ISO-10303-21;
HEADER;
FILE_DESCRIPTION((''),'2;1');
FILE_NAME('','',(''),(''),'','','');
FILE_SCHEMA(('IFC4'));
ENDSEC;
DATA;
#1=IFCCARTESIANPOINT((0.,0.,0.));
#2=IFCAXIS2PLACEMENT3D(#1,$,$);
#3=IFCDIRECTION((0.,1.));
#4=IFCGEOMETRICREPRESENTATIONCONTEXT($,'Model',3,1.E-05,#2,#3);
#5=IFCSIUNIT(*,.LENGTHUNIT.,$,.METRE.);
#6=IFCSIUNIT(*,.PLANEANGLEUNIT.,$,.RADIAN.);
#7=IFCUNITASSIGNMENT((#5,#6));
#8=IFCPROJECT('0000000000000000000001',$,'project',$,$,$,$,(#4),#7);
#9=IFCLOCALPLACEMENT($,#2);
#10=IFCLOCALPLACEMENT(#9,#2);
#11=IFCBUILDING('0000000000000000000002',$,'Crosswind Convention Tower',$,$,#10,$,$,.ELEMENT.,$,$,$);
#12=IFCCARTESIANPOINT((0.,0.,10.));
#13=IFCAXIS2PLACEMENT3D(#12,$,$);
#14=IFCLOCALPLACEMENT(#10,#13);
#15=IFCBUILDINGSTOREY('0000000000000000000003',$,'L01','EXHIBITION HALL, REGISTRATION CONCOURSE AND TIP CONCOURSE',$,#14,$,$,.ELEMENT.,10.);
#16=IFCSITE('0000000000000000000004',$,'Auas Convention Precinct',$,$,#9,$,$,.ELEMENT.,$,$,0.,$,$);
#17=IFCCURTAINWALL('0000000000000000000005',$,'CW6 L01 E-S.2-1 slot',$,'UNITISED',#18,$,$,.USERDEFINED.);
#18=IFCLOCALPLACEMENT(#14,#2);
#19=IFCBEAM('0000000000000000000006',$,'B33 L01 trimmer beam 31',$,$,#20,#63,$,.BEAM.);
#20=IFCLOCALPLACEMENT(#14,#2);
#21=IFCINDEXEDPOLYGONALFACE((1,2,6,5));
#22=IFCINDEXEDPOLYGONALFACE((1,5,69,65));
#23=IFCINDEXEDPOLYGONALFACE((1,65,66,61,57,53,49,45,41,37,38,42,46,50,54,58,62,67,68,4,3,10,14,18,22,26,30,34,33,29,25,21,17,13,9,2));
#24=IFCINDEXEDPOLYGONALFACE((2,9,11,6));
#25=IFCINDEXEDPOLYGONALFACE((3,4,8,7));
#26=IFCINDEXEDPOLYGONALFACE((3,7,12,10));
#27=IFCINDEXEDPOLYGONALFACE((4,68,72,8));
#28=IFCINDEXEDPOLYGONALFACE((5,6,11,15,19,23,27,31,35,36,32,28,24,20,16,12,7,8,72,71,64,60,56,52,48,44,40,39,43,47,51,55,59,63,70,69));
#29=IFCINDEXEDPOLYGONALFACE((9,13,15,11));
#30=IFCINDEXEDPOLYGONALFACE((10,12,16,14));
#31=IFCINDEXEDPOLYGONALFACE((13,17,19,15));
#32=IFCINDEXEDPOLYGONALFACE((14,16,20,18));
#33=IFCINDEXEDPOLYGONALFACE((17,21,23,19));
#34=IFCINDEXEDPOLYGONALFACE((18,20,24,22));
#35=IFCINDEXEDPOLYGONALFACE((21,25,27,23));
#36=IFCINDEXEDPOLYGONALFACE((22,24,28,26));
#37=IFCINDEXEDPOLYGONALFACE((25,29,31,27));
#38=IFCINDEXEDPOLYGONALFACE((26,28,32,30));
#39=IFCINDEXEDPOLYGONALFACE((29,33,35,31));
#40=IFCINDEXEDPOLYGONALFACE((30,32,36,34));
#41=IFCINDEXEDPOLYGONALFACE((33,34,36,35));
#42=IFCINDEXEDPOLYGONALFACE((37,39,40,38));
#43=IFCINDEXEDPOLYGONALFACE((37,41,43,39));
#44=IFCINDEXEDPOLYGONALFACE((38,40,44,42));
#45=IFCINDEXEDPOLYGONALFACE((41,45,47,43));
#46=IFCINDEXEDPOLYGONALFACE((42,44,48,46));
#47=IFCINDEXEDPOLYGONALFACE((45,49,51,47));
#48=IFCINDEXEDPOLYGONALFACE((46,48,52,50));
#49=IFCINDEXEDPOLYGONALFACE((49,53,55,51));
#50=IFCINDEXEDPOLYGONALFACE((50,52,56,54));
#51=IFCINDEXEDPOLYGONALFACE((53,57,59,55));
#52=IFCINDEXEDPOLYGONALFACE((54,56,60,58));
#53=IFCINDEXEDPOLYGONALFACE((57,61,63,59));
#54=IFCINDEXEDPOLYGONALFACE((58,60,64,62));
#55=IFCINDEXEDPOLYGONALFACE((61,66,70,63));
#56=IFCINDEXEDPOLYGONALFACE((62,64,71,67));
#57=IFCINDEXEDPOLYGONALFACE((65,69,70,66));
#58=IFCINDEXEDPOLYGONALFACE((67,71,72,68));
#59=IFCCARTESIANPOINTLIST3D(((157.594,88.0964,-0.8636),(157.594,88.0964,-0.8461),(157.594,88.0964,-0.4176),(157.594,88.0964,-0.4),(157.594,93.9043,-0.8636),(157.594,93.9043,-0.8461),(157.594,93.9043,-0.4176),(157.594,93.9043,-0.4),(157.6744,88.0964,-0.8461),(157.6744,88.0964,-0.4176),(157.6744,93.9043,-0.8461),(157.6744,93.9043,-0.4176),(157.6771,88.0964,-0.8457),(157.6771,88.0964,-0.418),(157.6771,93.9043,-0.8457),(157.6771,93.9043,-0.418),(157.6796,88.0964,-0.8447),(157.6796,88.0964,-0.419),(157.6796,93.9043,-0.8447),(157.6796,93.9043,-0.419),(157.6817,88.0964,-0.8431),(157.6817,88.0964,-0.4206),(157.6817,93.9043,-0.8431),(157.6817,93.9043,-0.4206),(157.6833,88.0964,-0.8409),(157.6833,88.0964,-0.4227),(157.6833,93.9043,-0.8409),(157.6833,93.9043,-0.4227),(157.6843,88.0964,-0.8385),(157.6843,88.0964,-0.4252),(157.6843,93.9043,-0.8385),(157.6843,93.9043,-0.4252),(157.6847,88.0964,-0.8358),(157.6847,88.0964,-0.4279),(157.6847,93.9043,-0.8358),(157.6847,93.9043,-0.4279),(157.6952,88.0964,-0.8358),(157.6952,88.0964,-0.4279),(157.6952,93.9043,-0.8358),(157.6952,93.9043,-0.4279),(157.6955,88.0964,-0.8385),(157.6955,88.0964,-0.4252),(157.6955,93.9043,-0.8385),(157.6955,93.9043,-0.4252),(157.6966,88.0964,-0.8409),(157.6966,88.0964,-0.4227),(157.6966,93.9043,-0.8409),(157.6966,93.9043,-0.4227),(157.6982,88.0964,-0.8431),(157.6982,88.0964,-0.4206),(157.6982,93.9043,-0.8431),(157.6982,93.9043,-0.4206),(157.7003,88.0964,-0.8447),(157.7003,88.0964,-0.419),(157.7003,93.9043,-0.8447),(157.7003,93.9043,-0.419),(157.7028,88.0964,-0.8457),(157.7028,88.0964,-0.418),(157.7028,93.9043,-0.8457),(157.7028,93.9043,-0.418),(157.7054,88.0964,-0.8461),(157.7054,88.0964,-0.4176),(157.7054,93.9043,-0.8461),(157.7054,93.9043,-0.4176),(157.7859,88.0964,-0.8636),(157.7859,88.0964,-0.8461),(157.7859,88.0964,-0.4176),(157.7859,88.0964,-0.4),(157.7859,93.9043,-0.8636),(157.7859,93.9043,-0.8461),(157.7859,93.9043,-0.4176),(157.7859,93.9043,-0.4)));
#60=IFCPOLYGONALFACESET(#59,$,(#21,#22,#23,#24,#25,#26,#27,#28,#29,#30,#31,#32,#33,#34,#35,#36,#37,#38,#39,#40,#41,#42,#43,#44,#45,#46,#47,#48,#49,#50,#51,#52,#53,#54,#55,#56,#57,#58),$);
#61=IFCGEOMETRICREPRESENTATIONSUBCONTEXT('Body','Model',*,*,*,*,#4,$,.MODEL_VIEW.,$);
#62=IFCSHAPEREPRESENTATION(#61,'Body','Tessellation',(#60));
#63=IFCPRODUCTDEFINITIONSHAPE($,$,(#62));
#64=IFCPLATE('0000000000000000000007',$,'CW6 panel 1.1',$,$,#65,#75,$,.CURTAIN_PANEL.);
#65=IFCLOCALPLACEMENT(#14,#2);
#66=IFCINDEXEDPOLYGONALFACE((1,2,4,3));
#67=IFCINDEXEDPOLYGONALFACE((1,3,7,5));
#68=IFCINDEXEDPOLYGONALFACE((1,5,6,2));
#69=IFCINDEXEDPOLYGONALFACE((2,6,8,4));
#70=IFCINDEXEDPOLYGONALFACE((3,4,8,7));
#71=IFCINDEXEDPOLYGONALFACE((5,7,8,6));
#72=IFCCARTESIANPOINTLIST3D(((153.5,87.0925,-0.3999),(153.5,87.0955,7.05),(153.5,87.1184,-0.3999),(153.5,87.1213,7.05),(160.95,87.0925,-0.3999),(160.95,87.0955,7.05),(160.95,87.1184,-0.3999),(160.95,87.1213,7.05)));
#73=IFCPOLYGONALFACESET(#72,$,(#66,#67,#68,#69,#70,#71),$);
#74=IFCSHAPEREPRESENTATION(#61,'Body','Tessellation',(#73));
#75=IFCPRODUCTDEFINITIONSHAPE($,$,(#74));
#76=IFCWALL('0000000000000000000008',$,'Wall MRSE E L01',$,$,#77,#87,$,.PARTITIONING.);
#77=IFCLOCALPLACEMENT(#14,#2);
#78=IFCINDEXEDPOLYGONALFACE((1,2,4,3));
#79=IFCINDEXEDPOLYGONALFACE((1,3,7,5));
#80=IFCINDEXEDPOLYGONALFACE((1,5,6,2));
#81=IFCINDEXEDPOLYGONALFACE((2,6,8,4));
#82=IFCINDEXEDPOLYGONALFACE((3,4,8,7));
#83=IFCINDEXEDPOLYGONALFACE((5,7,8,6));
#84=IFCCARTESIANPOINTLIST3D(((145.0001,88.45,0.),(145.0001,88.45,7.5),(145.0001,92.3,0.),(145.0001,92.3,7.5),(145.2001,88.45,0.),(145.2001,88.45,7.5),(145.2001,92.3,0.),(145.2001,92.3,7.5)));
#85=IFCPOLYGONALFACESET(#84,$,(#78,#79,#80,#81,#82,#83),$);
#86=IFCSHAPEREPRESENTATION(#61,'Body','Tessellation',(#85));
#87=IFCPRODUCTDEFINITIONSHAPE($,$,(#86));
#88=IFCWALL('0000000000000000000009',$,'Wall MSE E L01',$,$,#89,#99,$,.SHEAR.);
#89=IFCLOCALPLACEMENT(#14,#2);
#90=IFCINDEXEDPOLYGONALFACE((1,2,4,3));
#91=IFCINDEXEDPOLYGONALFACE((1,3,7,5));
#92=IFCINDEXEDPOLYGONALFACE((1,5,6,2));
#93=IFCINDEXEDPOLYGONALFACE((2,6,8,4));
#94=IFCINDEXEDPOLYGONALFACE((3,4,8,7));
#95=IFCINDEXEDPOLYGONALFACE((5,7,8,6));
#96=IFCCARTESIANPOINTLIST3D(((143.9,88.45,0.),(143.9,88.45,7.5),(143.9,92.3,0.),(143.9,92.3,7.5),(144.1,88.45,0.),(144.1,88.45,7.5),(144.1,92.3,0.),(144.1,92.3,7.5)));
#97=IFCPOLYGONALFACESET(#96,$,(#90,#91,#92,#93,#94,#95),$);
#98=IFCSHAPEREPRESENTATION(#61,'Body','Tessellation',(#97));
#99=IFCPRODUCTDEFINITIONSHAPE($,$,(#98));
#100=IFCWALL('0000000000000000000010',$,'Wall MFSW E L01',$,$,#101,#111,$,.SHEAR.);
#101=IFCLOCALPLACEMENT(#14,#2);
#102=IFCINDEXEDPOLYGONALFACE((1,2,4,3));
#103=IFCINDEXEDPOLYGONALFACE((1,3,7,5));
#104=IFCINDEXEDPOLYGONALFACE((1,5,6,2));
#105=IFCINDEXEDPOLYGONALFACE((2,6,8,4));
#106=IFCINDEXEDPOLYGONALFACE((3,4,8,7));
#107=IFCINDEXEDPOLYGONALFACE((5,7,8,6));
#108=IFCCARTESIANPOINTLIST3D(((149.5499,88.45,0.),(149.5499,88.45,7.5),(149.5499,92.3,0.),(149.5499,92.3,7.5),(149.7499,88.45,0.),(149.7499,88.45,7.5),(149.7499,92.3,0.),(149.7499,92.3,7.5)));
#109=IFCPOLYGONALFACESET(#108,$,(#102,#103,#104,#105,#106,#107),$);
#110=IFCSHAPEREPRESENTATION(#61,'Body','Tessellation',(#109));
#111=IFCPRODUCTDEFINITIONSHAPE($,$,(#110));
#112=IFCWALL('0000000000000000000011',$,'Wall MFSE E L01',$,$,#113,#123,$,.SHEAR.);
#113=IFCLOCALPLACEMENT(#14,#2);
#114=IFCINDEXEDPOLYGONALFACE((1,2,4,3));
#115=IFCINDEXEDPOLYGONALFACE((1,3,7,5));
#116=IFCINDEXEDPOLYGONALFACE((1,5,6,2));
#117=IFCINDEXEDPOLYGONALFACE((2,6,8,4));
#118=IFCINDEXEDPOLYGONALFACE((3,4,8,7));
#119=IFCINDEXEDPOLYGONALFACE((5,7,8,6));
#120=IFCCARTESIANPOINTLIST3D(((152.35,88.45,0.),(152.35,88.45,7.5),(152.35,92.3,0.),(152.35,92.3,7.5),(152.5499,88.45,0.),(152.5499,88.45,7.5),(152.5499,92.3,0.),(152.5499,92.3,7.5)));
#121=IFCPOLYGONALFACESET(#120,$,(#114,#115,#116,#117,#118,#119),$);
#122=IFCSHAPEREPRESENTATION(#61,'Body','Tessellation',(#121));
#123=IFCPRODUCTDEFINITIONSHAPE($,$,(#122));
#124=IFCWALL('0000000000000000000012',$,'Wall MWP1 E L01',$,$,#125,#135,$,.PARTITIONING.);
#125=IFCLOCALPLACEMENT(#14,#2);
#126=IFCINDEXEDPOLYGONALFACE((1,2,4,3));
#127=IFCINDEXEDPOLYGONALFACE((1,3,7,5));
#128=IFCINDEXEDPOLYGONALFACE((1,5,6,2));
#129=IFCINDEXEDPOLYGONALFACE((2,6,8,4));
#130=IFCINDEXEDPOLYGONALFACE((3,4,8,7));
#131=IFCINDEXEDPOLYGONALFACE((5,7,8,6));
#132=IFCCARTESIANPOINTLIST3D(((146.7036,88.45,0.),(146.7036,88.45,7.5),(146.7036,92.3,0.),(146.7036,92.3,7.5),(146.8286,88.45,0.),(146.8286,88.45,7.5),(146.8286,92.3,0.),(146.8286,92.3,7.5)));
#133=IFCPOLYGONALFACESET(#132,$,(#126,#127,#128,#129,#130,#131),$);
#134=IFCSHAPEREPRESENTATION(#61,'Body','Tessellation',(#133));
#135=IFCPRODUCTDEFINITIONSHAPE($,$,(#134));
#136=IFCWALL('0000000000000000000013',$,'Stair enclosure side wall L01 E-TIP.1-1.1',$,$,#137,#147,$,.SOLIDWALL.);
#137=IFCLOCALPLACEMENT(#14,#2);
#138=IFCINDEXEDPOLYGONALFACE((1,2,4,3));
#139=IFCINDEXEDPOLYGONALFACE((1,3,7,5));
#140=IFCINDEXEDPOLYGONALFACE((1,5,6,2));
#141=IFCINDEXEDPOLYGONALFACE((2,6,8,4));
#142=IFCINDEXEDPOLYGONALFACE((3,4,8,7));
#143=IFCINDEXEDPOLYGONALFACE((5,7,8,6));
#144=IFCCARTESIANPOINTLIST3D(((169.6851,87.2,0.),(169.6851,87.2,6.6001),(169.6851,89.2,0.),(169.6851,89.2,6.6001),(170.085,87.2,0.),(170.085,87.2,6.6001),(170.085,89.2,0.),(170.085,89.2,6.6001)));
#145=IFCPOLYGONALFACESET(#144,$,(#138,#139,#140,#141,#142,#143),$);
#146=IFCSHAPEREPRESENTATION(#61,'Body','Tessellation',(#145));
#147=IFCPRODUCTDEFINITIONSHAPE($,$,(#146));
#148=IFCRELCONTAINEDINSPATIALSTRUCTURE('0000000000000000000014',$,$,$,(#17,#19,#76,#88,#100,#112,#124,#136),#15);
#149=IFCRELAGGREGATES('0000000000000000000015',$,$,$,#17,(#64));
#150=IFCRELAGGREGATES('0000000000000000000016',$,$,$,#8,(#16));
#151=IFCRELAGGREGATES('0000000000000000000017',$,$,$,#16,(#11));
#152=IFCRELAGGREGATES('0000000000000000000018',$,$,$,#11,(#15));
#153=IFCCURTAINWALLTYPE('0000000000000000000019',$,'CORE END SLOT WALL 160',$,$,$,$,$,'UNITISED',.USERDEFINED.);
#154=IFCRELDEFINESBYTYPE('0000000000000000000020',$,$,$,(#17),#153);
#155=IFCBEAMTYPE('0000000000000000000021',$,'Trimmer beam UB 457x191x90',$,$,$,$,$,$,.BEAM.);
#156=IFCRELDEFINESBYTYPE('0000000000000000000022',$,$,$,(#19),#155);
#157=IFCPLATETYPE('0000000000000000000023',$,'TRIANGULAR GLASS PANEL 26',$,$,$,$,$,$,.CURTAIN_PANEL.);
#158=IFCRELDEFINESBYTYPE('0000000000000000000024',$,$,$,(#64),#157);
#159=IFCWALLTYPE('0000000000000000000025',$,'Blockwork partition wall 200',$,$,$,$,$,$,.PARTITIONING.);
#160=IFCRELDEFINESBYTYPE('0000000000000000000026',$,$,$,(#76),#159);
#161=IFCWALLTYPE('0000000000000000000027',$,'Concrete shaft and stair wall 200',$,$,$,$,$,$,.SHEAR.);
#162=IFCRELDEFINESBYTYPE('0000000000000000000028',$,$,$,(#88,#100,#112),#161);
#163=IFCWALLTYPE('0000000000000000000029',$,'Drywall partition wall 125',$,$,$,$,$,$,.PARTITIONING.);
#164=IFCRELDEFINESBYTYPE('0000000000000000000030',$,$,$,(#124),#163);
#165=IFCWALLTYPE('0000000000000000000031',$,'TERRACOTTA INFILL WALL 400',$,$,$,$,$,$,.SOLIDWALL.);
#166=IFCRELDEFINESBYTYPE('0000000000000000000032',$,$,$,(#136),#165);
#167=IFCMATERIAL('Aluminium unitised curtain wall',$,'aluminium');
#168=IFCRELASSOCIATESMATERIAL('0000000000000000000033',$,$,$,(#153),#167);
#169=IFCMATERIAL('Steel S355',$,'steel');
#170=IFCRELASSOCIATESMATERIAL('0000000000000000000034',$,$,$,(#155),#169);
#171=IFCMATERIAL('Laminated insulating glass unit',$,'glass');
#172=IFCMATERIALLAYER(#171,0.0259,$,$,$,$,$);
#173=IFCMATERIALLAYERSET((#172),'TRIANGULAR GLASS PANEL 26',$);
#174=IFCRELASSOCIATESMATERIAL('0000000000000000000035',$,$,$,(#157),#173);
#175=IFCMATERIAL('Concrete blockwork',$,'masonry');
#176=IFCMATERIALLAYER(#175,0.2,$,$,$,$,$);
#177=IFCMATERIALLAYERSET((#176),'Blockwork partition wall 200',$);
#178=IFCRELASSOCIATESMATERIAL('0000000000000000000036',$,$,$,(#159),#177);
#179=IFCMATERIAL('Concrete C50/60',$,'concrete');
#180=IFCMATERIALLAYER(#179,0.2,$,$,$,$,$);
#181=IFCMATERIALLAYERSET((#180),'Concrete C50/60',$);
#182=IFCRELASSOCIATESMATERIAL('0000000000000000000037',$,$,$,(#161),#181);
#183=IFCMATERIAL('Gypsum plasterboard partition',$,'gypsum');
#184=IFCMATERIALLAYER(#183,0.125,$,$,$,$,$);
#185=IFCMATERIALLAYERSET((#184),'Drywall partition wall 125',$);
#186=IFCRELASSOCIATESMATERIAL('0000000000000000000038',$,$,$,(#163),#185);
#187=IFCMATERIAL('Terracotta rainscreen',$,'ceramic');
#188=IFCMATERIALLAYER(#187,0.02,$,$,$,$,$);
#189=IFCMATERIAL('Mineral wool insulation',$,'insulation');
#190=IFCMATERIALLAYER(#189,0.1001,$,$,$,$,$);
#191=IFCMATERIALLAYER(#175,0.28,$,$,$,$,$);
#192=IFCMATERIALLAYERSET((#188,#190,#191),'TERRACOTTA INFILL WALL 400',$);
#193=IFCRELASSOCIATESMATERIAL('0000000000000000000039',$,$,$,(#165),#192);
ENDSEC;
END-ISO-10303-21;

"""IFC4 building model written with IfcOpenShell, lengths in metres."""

from ifc_helpers import new_model, si_unit, direction, frame, frame_2d, origin, origin_2d, place, context, subcontext, project, spatial, polyline, rectangle, i_section, outline, extrude, material, layer, layer_set, material_profile, profile_set, type_object, element, aggregate, save


model = new_model("IFC4")

# Units and contexts
model_context = context("Model", 3, precision=1e-05, world=origin(), true_north=direction((0.0, 1.0)))
body_context = subcontext(model_context, "Body", "Model", "MODEL_VIEW")
ifc_project = project(units=[si_unit("LENGTHUNIT", "METRE"), si_unit("PLANEANGLEUNIT", "RADIAN")], contexts=[model_context])

# Site, building, storey
site_placement = place(None, origin())
site = spatial("IfcSite", under=ifc_project, at=site_placement, Name="Auas Convention Precinct", CompositionType="ELEMENT", RefElevation=0.0)
building_placement = place(site_placement, origin())
building = spatial("IfcBuilding", under=site, at=building_placement, Name="Crosswind Convention Tower", CompositionType="ELEMENT")
storey_placement = place(building_placement, frame((0.0, 0.0, 10.0)))
storey = spatial("IfcBuildingStorey", under=building, at=storey_placement, Name="L01", Description="EXHIBITION HALL, REGISTRATION CONCOURSE AND TIP CONCOURSE", CompositionType="ELEMENT", Elevation=10.0)

# Shared definitions
ifc_material_1 = material(Name="Steel S355", Category="steel")

# Curtain wall
ifc_material_2 = material(Name="Aluminium unitised curtain wall", Category="aluminium")
curtain_wall_type_1 = type_object("IfcCurtainWallType", Name="CORE END SLOT WALL 160", ElementType="UNITISED", PredefinedType="USERDEFINED", material=ifc_material_2)
curtain_wall_1_placement = place(storey_placement, origin())
curtain_wall_1 = element("IfcCurtainWall", 1, at=curtain_wall_1_placement, inside=storey, type_object=curtain_wall_type_1, Name="CW6 L01 E-S.2-1 slot", ObjectType="UNITISED", PredefinedType="USERDEFINED")

# Beam
ifc_material_profile_1 = material_profile(ifc_material_1, i_section(OverallWidth=0.1919, OverallDepth=0.4636, WebThickness=0.0105, FlangeThickness=0.0176, FilletRadius=0.0103, at=origin_2d()), Name="UB 457x191x90")
ifc_profile_set_1 = profile_set([ifc_material_profile_1], Name="Steel S355")
beam_type_1 = type_object("IfcBeamType", Name="Trimmer beam UB 457x191x90", PredefinedType="BEAM", material=ifc_profile_set_1)
beam_placement = place(storey_placement, frame((157.6899, 88.0964, -0.6318), z_axis=(0.0, 1.0, 0.0), x_axis=(-1.0, 0.0, 0.0)))
element("IfcBeam", 2, at=beam_placement, inside=storey, type_object=beam_type_1, Name="B33 L01 trimmer beam 31", PredefinedType="BEAM", context=body_context, shape_type="SweptSolid", body=[
    extrude(i_section(OverallWidth=0.1919, OverallDepth=0.4636, WebThickness=0.0105, FlangeThickness=0.0176, FilletRadius=0.0103, at=origin_2d()), origin(), (0.0, 0.0, 1.0), 5.8079),
])

# Plate
ifc_material_3 = material(Name="Laminated insulating glass unit", Category="glass")
ifc_layer_1 = layer(ifc_material_3, 0.0259)
ifc_layer_set_1 = layer_set([ifc_layer_1], Name="TRIANGULAR GLASS PANEL 26")
plate_type = type_object("IfcPlateType", Name="TRIANGULAR GLASS PANEL 26", PredefinedType="CURTAIN_PANEL", material=ifc_layer_set_1)
plate_placement = place(storey_placement, frame((153.5, 87.0925, -0.3999), z_axis=(0.0, -1.0, 0.000393), x_axis=(1.0, 0.0, 0.0)))
plate = element("IfcPlate", 3, at=plate_placement, type_object=plate_type, Name="CW6 panel 1.1", PredefinedType="CURTAIN_PANEL", context=body_context, shape_type="SweptSolid", body=[
    extrude(outline(polyline([(0.0, 0.0), (7.45, 0.0), (7.45, 7.45), (0.0, 7.45), (0.0, 0.0)])), origin(), (0.0, 0.0, -1.0), 0.0259),
])
aggregate(curtain_wall_1, [plate])

# Wall
ifc_material_4 = material(Name="Concrete blockwork", Category="masonry")
ifc_layer_2 = layer(ifc_material_4, 0.2)
ifc_layer_set_2 = layer_set([ifc_layer_2], Name="Blockwork partition wall 200")
wall_type_1 = type_object("IfcWallType", Name="Blockwork partition wall 200", PredefinedType="PARTITIONING", material=ifc_layer_set_2)
wall_1_placement = place(storey_placement, frame((145.1001, 88.45, 0.0), z_axis=(0.0, 0.0, 1.0), x_axis=(0.0, 1.0, 0.0)))
element("IfcWall", 4, at=wall_1_placement, inside=storey, type_object=wall_type_1, Name="Wall MRSE E L01", PredefinedType="PARTITIONING", context=body_context, shape_type="SweptSolid", body=[
    extrude(rectangle(XDim=3.8501, YDim=0.2, at=frame_2d((1.925, 0.0))), origin(), (0.0, 0.0, 1.0), 7.5),
])

# Walls
ifc_material_5 = material(Name="Concrete C50/60", Category="concrete")
ifc_layer_3 = layer(ifc_material_5, 0.2)
ifc_layer_set_3 = layer_set([ifc_layer_3], Name="Concrete C50/60")
wall_type_2 = type_object("IfcWallType", Name="Concrete shaft and stair wall 200", PredefinedType="SHEAR", material=ifc_layer_set_3)
for number, where, z_axis, x_axis, name in (
    (5, (144.0, 88.45, 0.0), (0.0, 0.0, 1.0), (0.0, 1.0, 0.0), "Wall MSE E L01"),
    (6, (149.6499, 88.45, 0.0), (0.0, 0.0, 1.0), (0.0, 1.0, 0.0), "Wall MFSW E L01"),
    (7, (152.45, 88.45, 0.0), (0.0, 0.0, 1.0), (0.0, 1.0, 0.0), "Wall MFSE E L01"),
):
    element("IfcWall", number, at=place(storey_placement, frame(where, z_axis=z_axis, x_axis=x_axis)), inside=storey, type_object=wall_type_2, Name=name, PredefinedType="SHEAR", context=body_context, shape_type="SweptSolid", body=[
        extrude(rectangle(XDim=3.8501, YDim=0.2, at=frame_2d((1.925, 0.0))), origin(), (0.0, 0.0, 1.0), 7.5),
    ])
ifc_material_6 = material(Name="Gypsum plasterboard partition", Category="gypsum")
ifc_layer_4 = layer(ifc_material_6, 0.125)
ifc_layer_set_4 = layer_set([ifc_layer_4], Name="Drywall partition wall 125")
wall_type_3 = type_object("IfcWallType", Name="Drywall partition wall 125", PredefinedType="PARTITIONING", material=ifc_layer_set_4)
wall_2_placement = place(storey_placement, frame((146.7661, 88.45, 0.0), z_axis=(0.0, 0.0, 1.0), x_axis=(0.0, 1.0, 0.0)))
element("IfcWall", 8, at=wall_2_placement, inside=storey, type_object=wall_type_3, Name="Wall MWP1 E L01", PredefinedType="PARTITIONING", context=body_context, shape_type="SweptSolid", body=[
    extrude(rectangle(XDim=3.8501, YDim=0.125, at=frame_2d((1.925, 0.0))), origin(), (0.0, 0.0, 1.0), 7.5),
])
ifc_material_7 = material(Name="Terracotta rainscreen", Category="ceramic")
ifc_layer_5 = layer(ifc_material_7, 0.02)
ifc_material_8 = material(Name="Mineral wool insulation", Category="insulation")
ifc_layer_6 = layer(ifc_material_8, 0.1001)
ifc_layer_7 = layer(ifc_material_4, 0.28)
ifc_layer_set_5 = layer_set([ifc_layer_5, ifc_layer_6, ifc_layer_7], Name="TERRACOTTA INFILL WALL 400")
wall_type_4 = type_object("IfcWallType", Name="TERRACOTTA INFILL WALL 400", PredefinedType="SOLIDWALL", material=ifc_layer_set_5)
wall_3_placement = place(storey_placement, frame((169.885, 87.2, 0.0), z_axis=(0.0, 0.0, 1.0), x_axis=(0.0, 1.0, 0.0)))
element("IfcWall", 9, at=wall_3_placement, inside=storey, type_object=wall_type_4, Name="Stair enclosure side wall L01 E-TIP.1-1.1", PredefinedType="SOLIDWALL", context=body_context, shape_type="SweptSolid", body=[
    extrude(rectangle(XDim=2.0, YDim=0.3999, at=frame_2d((1.0, 0.0))), origin(), (0.0, 0.0, 1.0), 6.6001),
])

save(model, "model.ifc")
